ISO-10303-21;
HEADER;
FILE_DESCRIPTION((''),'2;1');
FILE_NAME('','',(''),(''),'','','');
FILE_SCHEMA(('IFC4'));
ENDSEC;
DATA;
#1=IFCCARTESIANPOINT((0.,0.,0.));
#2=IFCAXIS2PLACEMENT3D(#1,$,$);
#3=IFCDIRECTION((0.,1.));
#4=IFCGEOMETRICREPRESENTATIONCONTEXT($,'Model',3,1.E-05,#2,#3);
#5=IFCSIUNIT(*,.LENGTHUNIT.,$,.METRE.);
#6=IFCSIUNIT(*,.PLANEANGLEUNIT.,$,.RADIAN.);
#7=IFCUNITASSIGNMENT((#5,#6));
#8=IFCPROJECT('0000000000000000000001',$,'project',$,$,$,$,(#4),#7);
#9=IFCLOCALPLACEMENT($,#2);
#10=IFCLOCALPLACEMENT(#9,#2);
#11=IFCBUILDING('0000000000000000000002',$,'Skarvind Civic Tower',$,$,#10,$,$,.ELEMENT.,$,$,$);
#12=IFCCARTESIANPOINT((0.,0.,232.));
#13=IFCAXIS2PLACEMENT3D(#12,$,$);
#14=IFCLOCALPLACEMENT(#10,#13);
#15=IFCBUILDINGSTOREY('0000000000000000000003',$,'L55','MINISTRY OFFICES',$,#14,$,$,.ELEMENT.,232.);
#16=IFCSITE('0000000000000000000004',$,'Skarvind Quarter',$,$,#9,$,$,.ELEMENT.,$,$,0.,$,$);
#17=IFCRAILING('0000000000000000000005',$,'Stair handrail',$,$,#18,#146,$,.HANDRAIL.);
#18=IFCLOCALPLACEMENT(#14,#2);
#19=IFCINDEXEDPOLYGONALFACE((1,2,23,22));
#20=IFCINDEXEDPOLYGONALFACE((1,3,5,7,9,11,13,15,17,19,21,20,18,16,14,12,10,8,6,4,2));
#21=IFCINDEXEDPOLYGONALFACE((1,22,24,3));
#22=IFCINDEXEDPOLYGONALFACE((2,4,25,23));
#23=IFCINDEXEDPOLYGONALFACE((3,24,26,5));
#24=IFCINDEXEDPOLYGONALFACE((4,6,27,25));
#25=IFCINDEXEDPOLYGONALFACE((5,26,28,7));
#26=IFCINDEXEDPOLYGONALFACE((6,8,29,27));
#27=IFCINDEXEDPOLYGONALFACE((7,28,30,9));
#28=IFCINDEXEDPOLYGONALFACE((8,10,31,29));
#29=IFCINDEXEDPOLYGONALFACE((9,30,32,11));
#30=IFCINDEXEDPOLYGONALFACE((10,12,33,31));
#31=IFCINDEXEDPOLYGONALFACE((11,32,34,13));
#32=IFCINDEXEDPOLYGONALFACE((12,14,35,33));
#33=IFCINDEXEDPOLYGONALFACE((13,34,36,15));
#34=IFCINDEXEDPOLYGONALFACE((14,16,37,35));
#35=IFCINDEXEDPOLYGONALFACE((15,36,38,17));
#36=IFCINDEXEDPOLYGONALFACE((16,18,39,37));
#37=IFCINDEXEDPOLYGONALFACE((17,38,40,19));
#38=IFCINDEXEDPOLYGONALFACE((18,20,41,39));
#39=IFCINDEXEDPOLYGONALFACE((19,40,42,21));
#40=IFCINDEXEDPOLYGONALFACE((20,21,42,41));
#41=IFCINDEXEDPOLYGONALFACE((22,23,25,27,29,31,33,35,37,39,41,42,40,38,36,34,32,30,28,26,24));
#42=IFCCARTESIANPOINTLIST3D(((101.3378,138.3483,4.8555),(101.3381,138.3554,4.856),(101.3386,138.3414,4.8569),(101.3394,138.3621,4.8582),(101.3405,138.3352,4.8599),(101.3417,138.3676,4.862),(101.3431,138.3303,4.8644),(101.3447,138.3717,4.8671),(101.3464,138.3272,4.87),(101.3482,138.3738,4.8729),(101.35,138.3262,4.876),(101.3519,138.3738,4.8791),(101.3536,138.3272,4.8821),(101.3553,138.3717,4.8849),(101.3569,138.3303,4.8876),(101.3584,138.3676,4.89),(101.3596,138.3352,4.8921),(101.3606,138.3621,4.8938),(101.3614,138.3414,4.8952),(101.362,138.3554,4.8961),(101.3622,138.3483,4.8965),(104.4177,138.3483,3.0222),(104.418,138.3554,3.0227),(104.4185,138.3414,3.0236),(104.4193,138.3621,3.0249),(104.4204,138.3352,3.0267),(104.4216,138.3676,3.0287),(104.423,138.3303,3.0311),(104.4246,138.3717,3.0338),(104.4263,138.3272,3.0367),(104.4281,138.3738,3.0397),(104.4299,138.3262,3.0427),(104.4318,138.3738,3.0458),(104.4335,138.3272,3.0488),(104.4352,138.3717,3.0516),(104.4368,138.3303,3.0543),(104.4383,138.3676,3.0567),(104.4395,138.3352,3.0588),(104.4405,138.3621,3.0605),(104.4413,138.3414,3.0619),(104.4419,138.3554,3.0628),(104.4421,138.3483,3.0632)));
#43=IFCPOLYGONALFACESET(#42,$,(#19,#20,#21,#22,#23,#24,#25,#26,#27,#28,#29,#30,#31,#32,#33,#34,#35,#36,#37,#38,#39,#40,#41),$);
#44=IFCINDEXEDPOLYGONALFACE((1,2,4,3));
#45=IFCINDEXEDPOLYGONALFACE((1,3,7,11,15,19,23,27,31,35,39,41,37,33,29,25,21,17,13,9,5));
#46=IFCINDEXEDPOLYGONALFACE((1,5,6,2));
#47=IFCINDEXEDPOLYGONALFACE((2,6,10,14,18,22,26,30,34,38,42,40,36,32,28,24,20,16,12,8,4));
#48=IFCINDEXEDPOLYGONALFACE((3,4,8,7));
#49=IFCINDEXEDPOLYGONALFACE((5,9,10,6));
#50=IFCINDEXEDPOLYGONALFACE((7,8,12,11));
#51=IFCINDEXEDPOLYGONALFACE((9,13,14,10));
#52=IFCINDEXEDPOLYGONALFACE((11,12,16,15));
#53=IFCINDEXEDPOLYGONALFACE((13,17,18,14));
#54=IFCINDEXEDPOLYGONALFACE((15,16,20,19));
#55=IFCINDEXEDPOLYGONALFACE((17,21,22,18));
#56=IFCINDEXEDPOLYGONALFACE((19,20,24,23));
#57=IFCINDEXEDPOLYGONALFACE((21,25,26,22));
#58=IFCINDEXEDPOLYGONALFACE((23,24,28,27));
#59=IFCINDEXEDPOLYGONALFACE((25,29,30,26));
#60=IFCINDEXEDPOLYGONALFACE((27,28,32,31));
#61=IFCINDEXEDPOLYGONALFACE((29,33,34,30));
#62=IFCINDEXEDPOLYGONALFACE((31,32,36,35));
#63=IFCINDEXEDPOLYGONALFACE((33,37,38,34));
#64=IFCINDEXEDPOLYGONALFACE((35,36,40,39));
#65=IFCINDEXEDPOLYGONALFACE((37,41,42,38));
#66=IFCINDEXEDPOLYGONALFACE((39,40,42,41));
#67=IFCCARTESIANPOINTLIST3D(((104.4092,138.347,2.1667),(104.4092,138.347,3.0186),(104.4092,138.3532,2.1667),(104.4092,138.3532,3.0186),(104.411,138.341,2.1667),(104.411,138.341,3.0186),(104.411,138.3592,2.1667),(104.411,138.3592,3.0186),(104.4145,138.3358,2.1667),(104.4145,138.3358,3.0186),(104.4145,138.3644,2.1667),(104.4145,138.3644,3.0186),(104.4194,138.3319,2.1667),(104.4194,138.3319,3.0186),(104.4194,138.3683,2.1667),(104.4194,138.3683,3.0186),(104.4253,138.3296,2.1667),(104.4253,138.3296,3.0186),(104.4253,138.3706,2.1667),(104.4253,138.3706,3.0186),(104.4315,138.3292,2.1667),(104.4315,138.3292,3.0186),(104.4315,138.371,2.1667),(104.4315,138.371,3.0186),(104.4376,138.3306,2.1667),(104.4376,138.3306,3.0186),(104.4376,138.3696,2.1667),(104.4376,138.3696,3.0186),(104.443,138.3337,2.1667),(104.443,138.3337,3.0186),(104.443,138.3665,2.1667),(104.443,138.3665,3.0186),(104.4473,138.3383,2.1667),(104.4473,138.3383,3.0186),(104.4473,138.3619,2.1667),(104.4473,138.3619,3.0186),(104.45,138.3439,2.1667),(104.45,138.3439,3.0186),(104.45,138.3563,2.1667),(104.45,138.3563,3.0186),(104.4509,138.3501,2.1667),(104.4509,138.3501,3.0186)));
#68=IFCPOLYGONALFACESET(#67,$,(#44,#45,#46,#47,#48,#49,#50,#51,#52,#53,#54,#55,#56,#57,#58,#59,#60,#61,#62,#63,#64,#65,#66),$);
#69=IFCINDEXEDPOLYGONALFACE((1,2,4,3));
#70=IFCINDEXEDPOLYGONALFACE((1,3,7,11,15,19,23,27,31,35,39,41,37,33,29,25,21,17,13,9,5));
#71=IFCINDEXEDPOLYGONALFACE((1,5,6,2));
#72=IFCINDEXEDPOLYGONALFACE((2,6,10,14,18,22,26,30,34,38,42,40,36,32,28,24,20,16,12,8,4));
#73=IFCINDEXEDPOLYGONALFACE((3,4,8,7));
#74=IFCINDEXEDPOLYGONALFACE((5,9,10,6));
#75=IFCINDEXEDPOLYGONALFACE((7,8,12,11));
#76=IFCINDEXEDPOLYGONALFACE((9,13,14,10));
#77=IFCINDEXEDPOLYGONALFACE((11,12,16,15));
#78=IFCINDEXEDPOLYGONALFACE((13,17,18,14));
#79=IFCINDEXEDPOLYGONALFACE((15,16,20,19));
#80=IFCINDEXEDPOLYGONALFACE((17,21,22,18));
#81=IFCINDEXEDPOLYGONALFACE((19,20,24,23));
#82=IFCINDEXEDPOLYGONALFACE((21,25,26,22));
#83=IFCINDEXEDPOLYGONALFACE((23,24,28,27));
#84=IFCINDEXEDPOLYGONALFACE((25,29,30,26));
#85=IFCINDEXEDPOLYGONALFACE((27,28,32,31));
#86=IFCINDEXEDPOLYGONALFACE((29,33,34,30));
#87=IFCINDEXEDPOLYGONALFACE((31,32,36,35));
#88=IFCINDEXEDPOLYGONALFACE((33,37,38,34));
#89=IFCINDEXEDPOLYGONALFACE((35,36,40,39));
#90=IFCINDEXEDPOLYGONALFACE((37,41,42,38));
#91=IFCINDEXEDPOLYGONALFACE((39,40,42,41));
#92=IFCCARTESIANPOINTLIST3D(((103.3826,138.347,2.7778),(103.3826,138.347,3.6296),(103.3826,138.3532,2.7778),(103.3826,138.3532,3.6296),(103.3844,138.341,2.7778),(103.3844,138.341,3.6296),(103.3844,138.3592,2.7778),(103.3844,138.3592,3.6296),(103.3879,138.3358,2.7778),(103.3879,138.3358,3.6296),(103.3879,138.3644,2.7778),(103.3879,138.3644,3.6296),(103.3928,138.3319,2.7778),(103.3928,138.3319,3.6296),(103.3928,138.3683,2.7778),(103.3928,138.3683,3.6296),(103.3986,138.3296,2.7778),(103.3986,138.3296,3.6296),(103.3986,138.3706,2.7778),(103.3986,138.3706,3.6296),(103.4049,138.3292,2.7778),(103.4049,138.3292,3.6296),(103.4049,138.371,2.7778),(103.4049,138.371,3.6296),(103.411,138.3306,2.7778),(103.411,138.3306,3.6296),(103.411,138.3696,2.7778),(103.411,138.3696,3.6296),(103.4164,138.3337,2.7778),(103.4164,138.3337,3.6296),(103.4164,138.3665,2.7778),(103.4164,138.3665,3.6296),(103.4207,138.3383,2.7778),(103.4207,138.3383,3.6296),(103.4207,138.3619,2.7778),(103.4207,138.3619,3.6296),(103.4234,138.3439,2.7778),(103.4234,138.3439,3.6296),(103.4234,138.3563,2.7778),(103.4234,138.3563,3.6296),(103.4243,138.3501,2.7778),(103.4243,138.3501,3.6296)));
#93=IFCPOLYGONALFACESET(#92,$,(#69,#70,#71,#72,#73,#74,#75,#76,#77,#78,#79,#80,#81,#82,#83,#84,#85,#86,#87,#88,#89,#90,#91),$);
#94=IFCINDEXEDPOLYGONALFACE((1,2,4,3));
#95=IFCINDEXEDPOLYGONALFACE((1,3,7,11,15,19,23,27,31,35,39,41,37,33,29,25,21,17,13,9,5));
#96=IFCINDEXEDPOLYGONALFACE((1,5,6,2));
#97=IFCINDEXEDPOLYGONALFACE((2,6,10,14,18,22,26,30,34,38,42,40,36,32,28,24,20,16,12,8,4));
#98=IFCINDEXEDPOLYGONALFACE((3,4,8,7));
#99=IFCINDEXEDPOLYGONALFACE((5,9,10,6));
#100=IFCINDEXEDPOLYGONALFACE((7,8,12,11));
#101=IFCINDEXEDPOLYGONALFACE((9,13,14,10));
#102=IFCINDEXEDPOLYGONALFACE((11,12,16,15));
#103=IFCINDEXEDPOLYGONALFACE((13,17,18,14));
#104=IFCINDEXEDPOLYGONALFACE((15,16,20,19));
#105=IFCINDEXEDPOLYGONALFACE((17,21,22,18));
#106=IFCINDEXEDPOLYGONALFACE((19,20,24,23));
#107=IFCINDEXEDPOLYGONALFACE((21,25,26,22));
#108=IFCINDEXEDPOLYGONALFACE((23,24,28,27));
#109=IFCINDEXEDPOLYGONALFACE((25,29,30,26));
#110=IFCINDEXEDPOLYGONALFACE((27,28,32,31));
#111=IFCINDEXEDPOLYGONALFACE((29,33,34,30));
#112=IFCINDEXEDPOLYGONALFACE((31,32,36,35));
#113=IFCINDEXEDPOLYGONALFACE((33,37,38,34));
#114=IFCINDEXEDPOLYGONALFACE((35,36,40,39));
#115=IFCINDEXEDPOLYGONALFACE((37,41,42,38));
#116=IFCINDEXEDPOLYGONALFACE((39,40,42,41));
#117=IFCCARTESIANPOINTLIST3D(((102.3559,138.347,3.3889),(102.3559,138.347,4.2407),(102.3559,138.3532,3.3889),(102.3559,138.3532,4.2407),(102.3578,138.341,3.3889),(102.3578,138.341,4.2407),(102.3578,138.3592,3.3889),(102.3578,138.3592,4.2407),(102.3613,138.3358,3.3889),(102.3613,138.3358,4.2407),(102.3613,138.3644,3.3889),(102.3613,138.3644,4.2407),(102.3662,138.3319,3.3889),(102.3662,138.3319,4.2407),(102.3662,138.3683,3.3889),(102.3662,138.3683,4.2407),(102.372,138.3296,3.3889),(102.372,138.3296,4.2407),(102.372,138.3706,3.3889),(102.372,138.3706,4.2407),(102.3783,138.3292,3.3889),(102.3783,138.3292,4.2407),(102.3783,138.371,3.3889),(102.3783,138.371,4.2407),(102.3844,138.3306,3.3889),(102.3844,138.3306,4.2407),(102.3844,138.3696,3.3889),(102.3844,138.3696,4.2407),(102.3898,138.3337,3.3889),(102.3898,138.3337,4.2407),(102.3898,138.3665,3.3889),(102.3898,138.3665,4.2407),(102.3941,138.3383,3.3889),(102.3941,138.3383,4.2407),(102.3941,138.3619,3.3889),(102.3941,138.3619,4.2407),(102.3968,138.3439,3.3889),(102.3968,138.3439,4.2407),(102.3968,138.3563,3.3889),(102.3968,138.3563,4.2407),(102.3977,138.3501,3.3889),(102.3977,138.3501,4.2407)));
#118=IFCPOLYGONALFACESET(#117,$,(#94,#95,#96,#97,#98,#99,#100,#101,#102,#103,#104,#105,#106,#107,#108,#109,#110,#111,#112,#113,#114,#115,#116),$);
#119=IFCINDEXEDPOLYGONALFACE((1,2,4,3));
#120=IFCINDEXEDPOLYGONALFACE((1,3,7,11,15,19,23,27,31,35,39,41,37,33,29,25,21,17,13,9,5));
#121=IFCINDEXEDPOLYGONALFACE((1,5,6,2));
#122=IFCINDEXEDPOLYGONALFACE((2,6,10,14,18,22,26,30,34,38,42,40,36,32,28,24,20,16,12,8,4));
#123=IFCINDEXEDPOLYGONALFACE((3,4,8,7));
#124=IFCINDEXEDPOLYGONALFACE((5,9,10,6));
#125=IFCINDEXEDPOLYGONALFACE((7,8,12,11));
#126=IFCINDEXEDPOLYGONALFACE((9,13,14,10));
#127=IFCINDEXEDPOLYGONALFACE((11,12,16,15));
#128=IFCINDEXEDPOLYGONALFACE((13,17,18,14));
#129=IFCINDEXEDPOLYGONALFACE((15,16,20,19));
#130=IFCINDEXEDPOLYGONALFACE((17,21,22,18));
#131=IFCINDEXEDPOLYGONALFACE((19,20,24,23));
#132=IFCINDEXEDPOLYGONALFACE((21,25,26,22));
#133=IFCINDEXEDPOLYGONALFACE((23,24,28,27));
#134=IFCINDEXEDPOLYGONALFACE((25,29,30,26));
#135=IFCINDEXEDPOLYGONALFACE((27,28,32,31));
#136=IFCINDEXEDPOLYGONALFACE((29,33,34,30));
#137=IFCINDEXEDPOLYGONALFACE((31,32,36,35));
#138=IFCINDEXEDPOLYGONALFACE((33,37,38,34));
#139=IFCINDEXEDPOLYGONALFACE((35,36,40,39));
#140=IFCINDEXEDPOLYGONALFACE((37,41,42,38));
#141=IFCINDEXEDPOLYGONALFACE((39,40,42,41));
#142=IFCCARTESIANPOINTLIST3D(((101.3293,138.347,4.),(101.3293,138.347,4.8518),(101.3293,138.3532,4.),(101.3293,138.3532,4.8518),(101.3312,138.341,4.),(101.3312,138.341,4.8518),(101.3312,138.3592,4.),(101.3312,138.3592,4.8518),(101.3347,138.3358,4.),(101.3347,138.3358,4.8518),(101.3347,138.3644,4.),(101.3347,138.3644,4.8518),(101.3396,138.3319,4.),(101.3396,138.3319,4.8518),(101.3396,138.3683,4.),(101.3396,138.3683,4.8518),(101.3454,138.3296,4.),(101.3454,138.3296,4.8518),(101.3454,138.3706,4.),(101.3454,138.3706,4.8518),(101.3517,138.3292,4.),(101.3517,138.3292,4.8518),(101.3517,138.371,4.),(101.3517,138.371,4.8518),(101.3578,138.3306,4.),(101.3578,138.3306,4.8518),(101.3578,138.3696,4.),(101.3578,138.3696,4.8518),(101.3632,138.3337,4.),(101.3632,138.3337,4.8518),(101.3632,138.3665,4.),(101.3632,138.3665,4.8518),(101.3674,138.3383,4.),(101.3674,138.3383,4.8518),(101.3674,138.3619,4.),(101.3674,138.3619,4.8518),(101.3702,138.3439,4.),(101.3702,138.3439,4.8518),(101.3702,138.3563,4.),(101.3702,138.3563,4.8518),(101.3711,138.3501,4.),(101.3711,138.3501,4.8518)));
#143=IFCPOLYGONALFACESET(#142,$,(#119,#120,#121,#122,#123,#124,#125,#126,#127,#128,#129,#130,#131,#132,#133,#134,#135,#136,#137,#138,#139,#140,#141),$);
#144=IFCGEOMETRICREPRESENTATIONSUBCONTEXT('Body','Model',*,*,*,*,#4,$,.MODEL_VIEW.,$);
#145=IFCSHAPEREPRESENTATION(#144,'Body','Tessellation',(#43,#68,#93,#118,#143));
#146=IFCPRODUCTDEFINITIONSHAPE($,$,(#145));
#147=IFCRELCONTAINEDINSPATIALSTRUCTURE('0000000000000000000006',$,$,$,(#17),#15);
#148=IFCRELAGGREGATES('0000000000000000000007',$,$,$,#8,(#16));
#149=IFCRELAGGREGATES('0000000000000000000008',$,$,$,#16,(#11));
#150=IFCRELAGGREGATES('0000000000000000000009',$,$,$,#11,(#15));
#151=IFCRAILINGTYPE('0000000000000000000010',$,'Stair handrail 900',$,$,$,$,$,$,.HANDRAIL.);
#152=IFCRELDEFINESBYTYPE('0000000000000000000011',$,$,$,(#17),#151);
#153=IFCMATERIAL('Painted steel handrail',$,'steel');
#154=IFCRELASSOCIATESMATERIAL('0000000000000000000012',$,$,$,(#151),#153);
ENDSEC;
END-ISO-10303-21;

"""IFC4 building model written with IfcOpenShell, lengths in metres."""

from ifc_helpers import new_model, si_unit, direction, frame, origin, origin_2d, place, context, subcontext, project, spatial, circle, extrude, material, type_object, element, save


model = new_model("IFC4")

# Units and contexts
model_context = context("Model", 3, precision=1e-05, world=origin(), true_north=direction((0.0, 1.0)))
body_context = subcontext(model_context, "Body", "Model", "MODEL_VIEW")
ifc_project = project(units=[si_unit("LENGTHUNIT", "METRE"), si_unit("PLANEANGLEUNIT", "RADIAN")], contexts=[model_context])

# Site, building, storey
site_placement = place(None, origin())
site = spatial("IfcSite", under=ifc_project, at=site_placement, Name="Skarvind Quarter", CompositionType="ELEMENT", RefElevation=0.0)
building_placement = place(site_placement, origin())
building = spatial("IfcBuilding", under=site, at=building_placement, Name="Skarvind Civic Tower", CompositionType="ELEMENT")
storey_placement = place(building_placement, frame((0.0, 0.0, 232.0)))
storey = spatial("IfcBuildingStorey", under=building, at=storey_placement, Name="L55", Description="MINISTRY OFFICES", CompositionType="ELEMENT", Elevation=232.0)

# Railing
ifc_material_1 = material(Name="Painted steel handrail", Category="steel")
railing_type = type_object("IfcRailingType", Name="Stair handrail 900", PredefinedType="HANDRAIL", material=ifc_material_1)
railing_1_placement = place(storey_placement, frame((104.4299, 138.3501, 2.1667)))
element("IfcRailing", 1, at=railing_1_placement, inside=storey, type_object=railing_type, Name="Stair handrail", PredefinedType="HANDRAIL", context=body_context, shape_type="SweptSolid", body=[
    extrude(circle(Radius=0.0239, at=origin_2d()), frame((0.0, 0.0, 0.876), z_axis=(-0.859291, 0.0, 0.511487), x_axis=(0.0, -1.0, 0.0)), (0.0, 0.0, 1.0), 3.5842),
    extrude(circle(Radius=0.021, at=origin_2d()), origin(), (0.0, 0.0, 1.0), 0.8518),
    extrude(circle(Radius=0.021, at=origin_2d()), frame((-1.0266, 0.0, 0.6111)), (0.0, 0.0, 1.0), 0.8518),
    extrude(circle(Radius=0.021, at=origin_2d()), frame((-2.0532, 0.0, 1.2222)), (0.0, 0.0, 1.0), 0.8518),
    extrude(circle(Radius=0.021, at=origin_2d()), frame((-3.0798, 0.0, 1.8333)), (0.0, 0.0, 1.0), 0.8518),
])

save(model, "model.ifc")
